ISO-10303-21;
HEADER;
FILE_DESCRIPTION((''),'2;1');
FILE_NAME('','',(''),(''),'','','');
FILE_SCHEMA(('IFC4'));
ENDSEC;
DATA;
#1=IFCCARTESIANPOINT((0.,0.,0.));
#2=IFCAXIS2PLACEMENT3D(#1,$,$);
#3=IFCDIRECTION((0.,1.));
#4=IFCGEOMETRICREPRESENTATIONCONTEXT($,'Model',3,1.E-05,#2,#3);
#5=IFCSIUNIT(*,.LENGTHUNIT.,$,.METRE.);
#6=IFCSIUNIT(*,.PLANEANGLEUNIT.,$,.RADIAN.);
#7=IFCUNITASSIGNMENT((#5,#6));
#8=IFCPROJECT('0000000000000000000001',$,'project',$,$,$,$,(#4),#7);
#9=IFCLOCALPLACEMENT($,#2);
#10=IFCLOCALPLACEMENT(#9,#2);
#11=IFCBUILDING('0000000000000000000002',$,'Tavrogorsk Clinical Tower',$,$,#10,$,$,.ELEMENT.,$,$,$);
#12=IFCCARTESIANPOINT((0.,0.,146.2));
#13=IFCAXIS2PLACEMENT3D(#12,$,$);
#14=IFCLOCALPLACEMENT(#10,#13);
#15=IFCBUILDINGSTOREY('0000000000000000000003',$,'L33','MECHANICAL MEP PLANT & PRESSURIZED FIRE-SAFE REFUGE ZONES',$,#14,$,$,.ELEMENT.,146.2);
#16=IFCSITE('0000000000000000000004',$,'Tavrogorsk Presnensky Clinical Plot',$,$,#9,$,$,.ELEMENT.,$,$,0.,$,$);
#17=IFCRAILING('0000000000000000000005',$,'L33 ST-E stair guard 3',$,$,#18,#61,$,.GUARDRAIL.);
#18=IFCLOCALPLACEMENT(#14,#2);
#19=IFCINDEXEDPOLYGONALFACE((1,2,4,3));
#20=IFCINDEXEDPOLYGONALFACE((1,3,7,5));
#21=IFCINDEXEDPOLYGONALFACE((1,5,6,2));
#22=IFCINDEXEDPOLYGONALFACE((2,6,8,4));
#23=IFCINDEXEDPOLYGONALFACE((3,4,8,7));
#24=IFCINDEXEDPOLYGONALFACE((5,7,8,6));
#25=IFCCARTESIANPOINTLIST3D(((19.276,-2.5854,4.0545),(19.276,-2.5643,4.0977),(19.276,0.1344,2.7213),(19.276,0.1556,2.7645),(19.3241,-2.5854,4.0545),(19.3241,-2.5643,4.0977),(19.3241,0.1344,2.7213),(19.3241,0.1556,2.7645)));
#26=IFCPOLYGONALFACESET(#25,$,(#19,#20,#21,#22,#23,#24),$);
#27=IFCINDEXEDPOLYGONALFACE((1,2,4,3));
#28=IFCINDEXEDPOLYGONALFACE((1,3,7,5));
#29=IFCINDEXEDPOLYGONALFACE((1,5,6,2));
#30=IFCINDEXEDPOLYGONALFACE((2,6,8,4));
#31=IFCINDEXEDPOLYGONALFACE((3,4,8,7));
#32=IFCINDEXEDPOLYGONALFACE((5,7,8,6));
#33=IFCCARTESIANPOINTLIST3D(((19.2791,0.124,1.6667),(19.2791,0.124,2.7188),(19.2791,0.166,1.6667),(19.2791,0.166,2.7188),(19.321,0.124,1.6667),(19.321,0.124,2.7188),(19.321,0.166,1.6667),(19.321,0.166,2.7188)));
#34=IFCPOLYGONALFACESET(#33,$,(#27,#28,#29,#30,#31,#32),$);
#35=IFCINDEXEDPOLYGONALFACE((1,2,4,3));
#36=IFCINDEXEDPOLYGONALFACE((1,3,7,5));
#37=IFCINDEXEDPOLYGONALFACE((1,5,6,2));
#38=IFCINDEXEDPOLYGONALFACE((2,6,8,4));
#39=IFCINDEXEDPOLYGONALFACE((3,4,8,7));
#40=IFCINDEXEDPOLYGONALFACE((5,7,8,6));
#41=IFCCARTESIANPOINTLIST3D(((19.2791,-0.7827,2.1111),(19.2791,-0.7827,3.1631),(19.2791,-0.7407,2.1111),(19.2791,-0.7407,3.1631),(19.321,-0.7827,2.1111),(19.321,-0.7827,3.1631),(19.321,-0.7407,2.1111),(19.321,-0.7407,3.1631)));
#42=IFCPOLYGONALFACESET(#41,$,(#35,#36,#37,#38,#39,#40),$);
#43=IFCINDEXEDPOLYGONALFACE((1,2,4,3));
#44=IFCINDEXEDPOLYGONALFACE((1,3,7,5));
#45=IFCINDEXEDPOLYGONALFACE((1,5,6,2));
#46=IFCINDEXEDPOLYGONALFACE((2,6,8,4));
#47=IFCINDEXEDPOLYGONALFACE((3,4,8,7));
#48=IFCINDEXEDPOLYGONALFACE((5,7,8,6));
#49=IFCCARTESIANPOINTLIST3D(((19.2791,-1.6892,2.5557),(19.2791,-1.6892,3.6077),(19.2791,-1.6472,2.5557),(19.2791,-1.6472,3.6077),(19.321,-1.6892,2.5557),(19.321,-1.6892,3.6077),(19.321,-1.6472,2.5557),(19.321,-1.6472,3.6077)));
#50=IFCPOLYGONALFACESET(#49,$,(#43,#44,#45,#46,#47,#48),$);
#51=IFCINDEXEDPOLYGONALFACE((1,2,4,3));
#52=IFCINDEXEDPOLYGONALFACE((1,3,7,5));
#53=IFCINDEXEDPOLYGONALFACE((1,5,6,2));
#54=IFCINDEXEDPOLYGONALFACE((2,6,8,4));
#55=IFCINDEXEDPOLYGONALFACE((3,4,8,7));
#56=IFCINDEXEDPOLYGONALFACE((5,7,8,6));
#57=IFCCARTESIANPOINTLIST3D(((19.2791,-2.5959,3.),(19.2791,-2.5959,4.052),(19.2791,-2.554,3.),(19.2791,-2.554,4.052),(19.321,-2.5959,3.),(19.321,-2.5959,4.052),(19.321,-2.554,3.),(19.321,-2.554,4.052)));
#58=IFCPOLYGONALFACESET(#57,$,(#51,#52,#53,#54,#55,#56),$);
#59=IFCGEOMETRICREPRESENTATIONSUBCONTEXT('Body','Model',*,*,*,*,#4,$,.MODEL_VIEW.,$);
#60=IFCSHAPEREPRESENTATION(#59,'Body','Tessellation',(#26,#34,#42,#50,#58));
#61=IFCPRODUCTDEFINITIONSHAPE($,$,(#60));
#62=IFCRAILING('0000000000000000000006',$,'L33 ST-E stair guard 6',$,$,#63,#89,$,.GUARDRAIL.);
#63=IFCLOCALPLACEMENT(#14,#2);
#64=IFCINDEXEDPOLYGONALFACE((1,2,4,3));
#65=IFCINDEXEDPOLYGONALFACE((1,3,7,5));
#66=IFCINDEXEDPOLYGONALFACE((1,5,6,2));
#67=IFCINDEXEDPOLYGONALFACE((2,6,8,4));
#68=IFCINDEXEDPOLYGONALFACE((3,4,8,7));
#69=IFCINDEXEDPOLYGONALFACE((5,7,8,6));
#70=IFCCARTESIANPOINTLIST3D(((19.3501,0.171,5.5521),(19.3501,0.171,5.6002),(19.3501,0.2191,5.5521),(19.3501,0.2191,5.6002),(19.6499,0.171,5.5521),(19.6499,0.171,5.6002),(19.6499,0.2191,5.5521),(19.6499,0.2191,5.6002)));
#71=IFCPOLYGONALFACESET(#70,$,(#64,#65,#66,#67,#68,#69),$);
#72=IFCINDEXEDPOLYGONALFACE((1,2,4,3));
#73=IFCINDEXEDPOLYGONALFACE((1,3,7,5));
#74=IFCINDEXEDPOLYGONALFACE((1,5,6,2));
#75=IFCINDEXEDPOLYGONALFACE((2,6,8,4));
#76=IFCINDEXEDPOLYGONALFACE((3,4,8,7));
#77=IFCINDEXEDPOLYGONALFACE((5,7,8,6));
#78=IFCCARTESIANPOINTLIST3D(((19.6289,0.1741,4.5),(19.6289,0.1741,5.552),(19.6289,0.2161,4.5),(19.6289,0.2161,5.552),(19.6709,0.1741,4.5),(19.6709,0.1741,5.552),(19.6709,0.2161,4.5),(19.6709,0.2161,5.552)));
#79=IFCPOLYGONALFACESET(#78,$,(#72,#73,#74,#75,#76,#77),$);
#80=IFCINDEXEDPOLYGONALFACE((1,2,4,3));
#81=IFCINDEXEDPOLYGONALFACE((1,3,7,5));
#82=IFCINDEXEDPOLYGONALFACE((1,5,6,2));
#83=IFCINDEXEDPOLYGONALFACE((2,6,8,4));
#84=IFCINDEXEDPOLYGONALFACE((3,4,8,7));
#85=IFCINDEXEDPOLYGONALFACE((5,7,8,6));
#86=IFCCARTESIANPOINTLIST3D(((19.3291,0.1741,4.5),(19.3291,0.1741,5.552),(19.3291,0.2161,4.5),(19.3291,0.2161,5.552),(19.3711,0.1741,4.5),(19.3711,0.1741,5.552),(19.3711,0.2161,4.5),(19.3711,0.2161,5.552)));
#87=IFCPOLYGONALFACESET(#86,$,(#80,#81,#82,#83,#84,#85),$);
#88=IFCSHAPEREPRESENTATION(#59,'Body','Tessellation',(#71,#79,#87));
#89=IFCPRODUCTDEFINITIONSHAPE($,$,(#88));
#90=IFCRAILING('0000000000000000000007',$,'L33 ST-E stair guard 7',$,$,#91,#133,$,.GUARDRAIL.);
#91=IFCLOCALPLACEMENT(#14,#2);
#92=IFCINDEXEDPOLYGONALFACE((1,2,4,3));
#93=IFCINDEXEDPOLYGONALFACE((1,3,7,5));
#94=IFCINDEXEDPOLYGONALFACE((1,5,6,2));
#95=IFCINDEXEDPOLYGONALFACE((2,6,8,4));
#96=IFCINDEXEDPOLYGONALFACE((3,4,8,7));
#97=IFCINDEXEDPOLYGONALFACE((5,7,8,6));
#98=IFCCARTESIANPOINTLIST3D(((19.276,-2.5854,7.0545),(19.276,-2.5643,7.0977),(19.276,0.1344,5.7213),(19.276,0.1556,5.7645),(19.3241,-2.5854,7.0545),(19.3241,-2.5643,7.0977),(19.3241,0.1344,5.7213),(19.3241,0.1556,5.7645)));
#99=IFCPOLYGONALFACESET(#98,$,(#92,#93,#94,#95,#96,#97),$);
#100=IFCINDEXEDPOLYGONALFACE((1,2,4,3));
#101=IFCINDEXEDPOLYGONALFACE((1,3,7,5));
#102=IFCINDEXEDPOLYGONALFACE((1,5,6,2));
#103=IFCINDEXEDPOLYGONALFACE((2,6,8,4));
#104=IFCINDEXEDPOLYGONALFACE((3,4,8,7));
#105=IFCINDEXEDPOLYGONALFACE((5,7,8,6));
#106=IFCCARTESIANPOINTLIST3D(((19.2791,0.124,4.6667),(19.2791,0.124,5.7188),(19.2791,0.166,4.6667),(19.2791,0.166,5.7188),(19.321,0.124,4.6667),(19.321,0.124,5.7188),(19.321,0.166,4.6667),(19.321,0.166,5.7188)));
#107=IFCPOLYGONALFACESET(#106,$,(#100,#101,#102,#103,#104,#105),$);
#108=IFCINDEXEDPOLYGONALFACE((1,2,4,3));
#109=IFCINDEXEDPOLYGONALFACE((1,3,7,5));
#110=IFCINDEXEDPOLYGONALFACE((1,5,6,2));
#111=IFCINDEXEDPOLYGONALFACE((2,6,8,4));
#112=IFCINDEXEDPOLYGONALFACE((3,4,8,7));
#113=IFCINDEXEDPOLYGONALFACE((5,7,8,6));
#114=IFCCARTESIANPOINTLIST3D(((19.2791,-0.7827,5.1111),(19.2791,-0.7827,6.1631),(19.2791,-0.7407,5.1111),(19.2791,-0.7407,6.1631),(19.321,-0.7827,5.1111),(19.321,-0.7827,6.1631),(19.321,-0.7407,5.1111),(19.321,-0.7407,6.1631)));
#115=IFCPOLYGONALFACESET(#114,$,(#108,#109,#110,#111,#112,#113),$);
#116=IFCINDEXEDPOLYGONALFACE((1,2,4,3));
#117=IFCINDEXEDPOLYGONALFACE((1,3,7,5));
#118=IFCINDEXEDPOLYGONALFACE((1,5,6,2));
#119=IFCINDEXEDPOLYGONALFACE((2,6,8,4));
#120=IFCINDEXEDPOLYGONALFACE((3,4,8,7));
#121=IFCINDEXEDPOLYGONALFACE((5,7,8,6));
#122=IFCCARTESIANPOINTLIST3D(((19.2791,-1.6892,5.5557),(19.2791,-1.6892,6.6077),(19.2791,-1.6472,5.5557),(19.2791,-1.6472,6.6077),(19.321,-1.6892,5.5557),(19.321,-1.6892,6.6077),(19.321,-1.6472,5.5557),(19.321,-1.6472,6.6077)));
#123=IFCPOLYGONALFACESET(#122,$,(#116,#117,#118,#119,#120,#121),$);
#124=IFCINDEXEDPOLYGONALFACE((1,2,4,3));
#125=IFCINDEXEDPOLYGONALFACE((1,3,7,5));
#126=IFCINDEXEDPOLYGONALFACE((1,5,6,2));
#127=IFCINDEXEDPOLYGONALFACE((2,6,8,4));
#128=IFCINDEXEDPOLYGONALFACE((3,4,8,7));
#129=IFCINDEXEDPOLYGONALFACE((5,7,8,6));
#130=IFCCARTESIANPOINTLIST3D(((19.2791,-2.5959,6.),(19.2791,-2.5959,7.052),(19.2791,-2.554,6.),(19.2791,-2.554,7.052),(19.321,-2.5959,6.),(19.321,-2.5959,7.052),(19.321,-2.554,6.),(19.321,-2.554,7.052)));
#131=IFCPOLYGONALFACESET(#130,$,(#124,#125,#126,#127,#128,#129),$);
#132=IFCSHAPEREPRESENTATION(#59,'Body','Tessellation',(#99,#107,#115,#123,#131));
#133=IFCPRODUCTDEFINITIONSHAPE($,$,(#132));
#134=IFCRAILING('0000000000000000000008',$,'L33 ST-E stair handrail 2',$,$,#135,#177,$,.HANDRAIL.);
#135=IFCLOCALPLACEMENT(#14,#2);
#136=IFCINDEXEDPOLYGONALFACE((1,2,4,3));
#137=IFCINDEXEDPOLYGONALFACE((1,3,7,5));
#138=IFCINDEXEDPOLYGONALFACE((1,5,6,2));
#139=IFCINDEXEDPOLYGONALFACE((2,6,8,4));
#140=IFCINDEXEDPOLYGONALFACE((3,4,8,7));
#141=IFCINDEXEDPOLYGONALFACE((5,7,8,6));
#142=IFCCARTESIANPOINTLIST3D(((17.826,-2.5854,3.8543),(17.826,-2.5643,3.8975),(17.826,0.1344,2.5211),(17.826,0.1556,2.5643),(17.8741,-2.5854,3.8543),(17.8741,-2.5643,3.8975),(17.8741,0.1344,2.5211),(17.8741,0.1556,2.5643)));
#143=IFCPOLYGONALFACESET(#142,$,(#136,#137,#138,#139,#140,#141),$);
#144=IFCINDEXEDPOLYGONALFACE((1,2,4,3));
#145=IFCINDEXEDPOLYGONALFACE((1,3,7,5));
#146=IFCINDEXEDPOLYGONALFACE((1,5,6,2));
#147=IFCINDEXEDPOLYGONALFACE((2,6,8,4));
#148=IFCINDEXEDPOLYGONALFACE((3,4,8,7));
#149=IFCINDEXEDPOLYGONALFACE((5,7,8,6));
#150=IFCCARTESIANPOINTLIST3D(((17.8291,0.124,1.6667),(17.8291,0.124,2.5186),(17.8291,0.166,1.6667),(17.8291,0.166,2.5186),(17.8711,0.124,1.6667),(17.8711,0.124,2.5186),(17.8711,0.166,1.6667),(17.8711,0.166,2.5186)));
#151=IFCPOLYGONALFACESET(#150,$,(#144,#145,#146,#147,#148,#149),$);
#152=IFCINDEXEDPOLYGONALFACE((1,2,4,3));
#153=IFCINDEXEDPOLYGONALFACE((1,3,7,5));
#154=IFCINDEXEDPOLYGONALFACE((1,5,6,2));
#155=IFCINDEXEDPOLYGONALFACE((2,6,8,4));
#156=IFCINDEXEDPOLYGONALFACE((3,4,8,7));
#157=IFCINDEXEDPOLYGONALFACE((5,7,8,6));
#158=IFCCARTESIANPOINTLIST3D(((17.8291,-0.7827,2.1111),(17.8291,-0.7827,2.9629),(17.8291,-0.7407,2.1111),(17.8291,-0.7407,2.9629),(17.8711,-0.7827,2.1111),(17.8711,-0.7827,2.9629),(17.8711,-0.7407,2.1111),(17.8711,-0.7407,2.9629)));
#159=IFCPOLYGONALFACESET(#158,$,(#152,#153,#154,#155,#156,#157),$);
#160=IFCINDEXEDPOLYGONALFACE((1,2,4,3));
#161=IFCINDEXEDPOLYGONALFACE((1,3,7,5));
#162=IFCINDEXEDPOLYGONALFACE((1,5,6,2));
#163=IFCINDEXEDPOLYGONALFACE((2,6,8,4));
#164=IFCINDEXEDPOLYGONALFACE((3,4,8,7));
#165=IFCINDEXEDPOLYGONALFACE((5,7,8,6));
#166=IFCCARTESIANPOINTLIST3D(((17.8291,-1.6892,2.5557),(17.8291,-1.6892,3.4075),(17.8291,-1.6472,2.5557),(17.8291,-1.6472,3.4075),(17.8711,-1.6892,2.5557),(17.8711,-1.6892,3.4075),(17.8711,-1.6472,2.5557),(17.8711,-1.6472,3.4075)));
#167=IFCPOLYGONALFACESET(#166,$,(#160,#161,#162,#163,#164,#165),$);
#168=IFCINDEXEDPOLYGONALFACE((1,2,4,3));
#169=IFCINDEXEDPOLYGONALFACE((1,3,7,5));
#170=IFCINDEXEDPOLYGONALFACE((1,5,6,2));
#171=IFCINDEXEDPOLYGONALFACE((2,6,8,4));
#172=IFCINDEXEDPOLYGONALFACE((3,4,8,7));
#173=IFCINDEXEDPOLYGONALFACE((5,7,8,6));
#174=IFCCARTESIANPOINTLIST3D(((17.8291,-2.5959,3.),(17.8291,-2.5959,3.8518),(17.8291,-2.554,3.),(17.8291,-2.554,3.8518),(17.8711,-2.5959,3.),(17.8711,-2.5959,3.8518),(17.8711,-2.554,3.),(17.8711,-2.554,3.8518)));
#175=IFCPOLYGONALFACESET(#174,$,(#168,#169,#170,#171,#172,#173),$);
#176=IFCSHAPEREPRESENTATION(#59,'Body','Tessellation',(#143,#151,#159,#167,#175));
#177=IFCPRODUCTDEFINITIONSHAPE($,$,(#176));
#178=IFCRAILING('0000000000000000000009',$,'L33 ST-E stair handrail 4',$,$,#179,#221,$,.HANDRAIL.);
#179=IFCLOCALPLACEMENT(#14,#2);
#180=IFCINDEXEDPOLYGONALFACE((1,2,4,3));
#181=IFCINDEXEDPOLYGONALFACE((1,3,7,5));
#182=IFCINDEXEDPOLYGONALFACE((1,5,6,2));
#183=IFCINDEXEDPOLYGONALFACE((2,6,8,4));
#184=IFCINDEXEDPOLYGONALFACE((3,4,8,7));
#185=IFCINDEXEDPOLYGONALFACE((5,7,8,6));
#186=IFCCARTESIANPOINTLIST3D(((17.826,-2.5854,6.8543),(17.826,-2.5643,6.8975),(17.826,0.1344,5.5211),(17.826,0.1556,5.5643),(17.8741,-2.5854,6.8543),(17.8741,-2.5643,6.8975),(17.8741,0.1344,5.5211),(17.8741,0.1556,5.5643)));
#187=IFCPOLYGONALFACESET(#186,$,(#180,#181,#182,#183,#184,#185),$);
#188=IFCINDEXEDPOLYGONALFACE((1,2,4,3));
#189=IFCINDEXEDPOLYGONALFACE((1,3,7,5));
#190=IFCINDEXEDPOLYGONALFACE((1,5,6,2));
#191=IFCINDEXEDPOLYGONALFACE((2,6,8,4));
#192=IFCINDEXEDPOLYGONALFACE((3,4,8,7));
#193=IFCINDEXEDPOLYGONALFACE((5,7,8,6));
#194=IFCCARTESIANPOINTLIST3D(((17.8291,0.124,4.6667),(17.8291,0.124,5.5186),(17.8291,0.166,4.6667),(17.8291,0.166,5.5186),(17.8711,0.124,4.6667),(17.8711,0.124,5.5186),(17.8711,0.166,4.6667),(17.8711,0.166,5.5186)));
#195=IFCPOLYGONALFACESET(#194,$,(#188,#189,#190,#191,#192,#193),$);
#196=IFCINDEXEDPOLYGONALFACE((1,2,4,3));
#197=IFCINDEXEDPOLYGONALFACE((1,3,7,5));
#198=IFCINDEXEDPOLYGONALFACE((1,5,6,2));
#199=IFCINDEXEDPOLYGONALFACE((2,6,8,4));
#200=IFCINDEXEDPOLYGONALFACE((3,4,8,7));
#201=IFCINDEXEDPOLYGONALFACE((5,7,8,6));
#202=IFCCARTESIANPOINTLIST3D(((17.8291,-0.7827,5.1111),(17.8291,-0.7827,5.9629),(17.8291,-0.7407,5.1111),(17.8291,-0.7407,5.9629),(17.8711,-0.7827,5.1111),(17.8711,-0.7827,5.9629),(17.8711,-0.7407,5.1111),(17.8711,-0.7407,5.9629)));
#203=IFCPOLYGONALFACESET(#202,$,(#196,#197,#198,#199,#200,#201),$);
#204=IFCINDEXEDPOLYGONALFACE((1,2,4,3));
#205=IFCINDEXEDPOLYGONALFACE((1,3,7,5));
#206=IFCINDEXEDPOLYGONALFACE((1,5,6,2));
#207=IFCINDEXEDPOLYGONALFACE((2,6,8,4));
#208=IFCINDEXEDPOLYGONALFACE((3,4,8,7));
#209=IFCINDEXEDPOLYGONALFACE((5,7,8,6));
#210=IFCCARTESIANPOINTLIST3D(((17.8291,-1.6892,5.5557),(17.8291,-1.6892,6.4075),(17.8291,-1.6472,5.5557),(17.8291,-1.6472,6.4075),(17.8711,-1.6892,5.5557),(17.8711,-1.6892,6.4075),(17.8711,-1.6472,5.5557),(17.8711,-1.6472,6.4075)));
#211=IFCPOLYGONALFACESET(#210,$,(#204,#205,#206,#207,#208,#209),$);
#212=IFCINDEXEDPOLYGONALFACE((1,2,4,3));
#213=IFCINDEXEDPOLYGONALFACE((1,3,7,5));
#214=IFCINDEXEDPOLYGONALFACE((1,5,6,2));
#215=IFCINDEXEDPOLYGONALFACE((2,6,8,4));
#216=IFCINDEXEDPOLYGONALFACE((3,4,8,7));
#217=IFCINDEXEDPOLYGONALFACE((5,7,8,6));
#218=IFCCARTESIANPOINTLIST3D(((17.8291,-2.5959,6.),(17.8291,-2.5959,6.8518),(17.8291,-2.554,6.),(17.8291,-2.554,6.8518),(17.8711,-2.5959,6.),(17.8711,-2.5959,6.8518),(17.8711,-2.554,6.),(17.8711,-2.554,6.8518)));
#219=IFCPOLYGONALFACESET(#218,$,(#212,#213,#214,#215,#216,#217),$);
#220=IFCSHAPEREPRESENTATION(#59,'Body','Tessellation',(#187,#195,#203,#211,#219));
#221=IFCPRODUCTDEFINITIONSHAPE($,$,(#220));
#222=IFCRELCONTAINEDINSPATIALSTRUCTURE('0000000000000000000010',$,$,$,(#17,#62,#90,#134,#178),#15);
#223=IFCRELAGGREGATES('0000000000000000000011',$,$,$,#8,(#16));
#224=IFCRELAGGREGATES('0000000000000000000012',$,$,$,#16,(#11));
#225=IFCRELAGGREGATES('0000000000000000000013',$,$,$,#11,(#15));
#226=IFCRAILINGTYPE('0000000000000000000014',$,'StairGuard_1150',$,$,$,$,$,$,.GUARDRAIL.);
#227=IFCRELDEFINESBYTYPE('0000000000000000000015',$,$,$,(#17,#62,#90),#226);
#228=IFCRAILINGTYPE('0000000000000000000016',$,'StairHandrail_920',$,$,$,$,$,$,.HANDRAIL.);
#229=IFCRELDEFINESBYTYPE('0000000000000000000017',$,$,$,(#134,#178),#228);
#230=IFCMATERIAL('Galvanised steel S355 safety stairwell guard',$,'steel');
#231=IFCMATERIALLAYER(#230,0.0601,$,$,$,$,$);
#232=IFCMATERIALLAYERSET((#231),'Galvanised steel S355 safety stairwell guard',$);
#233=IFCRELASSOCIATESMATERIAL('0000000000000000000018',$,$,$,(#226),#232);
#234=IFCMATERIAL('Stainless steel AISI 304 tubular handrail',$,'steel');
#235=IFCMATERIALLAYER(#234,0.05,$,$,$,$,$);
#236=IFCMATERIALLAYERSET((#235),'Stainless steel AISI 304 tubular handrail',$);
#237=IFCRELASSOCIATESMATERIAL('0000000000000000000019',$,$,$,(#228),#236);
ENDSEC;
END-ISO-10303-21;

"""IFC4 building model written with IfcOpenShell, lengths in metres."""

from ifc_helpers import new_model, si_unit, direction, frame, origin, origin_2d, place, context, subcontext, project, spatial, rectangle, extrude, material, layer, layer_set, type_object, element, save


model = new_model("IFC4")

# Units and contexts
model_context = context("Model", 3, precision=1e-05, world=origin(), true_north=direction((0.0, 1.0)))
body_context = subcontext(model_context, "Body", "Model", "MODEL_VIEW")
ifc_project = project(units=[si_unit("LENGTHUNIT", "METRE"), si_unit("PLANEANGLEUNIT", "RADIAN")], contexts=[model_context])

# Site, building, storey
site_placement = place(None, origin())
site = spatial("IfcSite", under=ifc_project, at=site_placement, Name="Tavrogorsk Presnensky Clinical Plot", CompositionType="ELEMENT", RefElevation=0.0)
building_placement = place(site_placement, origin())
building = spatial("IfcBuilding", under=site, at=building_placement, Name="Tavrogorsk Clinical Tower", CompositionType="ELEMENT")
storey_placement = place(building_placement, frame((0.0, 0.0, 146.2)))
storey = spatial("IfcBuildingStorey", under=building, at=storey_placement, Name="L33", Description="MECHANICAL MEP PLANT & PRESSURIZED FIRE-SAFE REFUGE ZONES", CompositionType="ELEMENT", Elevation=146.2)

# Railings
ifc_material_1 = material(Name="Galvanised steel S355 safety stairwell guard", Category="steel")
ifc_layer_1 = layer(ifc_material_1, 0.0601)
ifc_layer_set_1 = layer_set([ifc_layer_1], Name="Galvanised steel S355 safety stairwell guard")
railing_type_1 = type_object("IfcRailingType", Name="StairGuard_1150", PredefinedType="GUARDRAIL", material=ifc_layer_set_1)
railing_1_placement = place(storey_placement, frame((19.3, 0.145, 1.6667)))
element("IfcRailing", 1, at=railing_1_placement, inside=storey, type_object=railing_type_1, Name="L33 ST-E stair guard 3", PredefinedType="GUARDRAIL", context=body_context, shape_type="SweptSolid", body=[
    extrude(rectangle(XDim=0.0481, YDim=0.0481, at=origin_2d()), frame((0.0, 0.0, 1.0762), z_axis=(0.0, -0.897929, 0.440139), x_axis=(1.0, 0.0, 0.0)), (0.0, 0.0, 1.0), 3.0291),
    extrude(rectangle(XDim=0.042, YDim=0.042, at=origin_2d()), origin(), (0.0, 0.0, 1.0), 1.052),
    extrude(rectangle(XDim=0.042, YDim=0.042, at=origin_2d()), frame((0.0, -0.9067, 0.4443)), (0.0, 0.0, 1.0), 1.052),
    extrude(rectangle(XDim=0.042, YDim=0.042, at=origin_2d()), frame((0.0, -1.8132, 0.8889)), (0.0, 0.0, 1.0), 1.052),
    extrude(rectangle(XDim=0.042, YDim=0.042, at=origin_2d()), frame((0.0, -2.72, 1.3333)), (0.0, 0.0, 1.0), 1.052),
])
railing_2_placement = place(storey_placement, frame((19.6499, 0.1951, 4.5)))
element("IfcRailing", 2, at=railing_2_placement, inside=storey, type_object=railing_type_1, Name="L33 ST-E stair guard 6", PredefinedType="GUARDRAIL", context=body_context, shape_type="SweptSolid", body=[
    extrude(rectangle(XDim=0.0481, YDim=0.0481, at=origin_2d()), frame((0.0, 0.0, 1.0762), z_axis=(-1.0, 0.0, 0.0), x_axis=(0.0, -1.0, 0.0)), (0.0, 0.0, 1.0), 0.2998),
    extrude(rectangle(XDim=0.042, YDim=0.042, at=origin_2d()), origin(), (0.0, 0.0, 1.0), 1.052),
    extrude(rectangle(XDim=0.042, YDim=0.042, at=origin_2d()), frame((-0.2998, 0.0, 0.0)), (0.0, 0.0, 1.0), 1.052),
])
railing_3_placement = place(storey_placement, frame((19.3, 0.145, 4.6667)))
element("IfcRailing", 3, at=railing_3_placement, inside=storey, type_object=railing_type_1, Name="L33 ST-E stair guard 7", PredefinedType="GUARDRAIL", context=body_context, shape_type="SweptSolid", body=[
    extrude(rectangle(XDim=0.0481, YDim=0.0481, at=origin_2d()), frame((0.0, 0.0, 1.0762), z_axis=(0.0, -0.897929, 0.440139), x_axis=(1.0, 0.0, 0.0)), (0.0, 0.0, 1.0), 3.0291),
    extrude(rectangle(XDim=0.042, YDim=0.042, at=origin_2d()), origin(), (0.0, 0.0, 1.0), 1.052),
    extrude(rectangle(XDim=0.042, YDim=0.042, at=origin_2d()), frame((0.0, -0.9067, 0.4443)), (0.0, 0.0, 1.0), 1.052),
    extrude(rectangle(XDim=0.042, YDim=0.042, at=origin_2d()), frame((0.0, -1.8132, 0.8889)), (0.0, 0.0, 1.0), 1.052),
    extrude(rectangle(XDim=0.042, YDim=0.042, at=origin_2d()), frame((0.0, -2.72, 1.3333)), (0.0, 0.0, 1.0), 1.052),
])
ifc_material_2 = material(Name="Stainless steel AISI 304 tubular handrail", Category="steel")
ifc_layer_2 = layer(ifc_material_2, 0.05)
ifc_layer_set_2 = layer_set([ifc_layer_2], Name="Stainless steel AISI 304 tubular handrail")
railing_type_2 = type_object("IfcRailingType", Name="StairHandrail_920", PredefinedType="HANDRAIL", material=ifc_layer_set_2)
for number, where, name in (
    (4, (17.8501, 0.145, 1.6667), "L33 ST-E stair handrail 2"),
    (5, (17.8501, 0.145, 4.6667), "L33 ST-E stair handrail 4"),
):
    element("IfcRailing", number, at=place(storey_placement, frame(where)), inside=storey, type_object=railing_type_2, Name=name, PredefinedType="HANDRAIL", context=body_context, shape_type="SweptSolid", body=[
        extrude(rectangle(XDim=0.0481, YDim=0.0481, at=origin_2d()), frame((0.0, 0.0, 0.876), z_axis=(0.0, -0.897929, 0.440139), x_axis=(1.0, 0.0, 0.0)), (0.0, 0.0, 1.0), 3.0291),
        extrude(rectangle(XDim=0.042, YDim=0.042, at=origin_2d()), origin(), (0.0, 0.0, 1.0), 0.8518),
        extrude(rectangle(XDim=0.042, YDim=0.042, at=origin_2d()), frame((0.0, -0.9067, 0.4443)), (0.0, 0.0, 1.0), 0.8518),
        extrude(rectangle(XDim=0.042, YDim=0.042, at=origin_2d()), frame((0.0, -1.8132, 0.8889)), (0.0, 0.0, 1.0), 0.8518),
        extrude(rectangle(XDim=0.042, YDim=0.042, at=origin_2d()), frame((0.0, -2.72, 1.3333)), (0.0, 0.0, 1.0), 0.8518),
    ])

save(model, "model.ifc")
